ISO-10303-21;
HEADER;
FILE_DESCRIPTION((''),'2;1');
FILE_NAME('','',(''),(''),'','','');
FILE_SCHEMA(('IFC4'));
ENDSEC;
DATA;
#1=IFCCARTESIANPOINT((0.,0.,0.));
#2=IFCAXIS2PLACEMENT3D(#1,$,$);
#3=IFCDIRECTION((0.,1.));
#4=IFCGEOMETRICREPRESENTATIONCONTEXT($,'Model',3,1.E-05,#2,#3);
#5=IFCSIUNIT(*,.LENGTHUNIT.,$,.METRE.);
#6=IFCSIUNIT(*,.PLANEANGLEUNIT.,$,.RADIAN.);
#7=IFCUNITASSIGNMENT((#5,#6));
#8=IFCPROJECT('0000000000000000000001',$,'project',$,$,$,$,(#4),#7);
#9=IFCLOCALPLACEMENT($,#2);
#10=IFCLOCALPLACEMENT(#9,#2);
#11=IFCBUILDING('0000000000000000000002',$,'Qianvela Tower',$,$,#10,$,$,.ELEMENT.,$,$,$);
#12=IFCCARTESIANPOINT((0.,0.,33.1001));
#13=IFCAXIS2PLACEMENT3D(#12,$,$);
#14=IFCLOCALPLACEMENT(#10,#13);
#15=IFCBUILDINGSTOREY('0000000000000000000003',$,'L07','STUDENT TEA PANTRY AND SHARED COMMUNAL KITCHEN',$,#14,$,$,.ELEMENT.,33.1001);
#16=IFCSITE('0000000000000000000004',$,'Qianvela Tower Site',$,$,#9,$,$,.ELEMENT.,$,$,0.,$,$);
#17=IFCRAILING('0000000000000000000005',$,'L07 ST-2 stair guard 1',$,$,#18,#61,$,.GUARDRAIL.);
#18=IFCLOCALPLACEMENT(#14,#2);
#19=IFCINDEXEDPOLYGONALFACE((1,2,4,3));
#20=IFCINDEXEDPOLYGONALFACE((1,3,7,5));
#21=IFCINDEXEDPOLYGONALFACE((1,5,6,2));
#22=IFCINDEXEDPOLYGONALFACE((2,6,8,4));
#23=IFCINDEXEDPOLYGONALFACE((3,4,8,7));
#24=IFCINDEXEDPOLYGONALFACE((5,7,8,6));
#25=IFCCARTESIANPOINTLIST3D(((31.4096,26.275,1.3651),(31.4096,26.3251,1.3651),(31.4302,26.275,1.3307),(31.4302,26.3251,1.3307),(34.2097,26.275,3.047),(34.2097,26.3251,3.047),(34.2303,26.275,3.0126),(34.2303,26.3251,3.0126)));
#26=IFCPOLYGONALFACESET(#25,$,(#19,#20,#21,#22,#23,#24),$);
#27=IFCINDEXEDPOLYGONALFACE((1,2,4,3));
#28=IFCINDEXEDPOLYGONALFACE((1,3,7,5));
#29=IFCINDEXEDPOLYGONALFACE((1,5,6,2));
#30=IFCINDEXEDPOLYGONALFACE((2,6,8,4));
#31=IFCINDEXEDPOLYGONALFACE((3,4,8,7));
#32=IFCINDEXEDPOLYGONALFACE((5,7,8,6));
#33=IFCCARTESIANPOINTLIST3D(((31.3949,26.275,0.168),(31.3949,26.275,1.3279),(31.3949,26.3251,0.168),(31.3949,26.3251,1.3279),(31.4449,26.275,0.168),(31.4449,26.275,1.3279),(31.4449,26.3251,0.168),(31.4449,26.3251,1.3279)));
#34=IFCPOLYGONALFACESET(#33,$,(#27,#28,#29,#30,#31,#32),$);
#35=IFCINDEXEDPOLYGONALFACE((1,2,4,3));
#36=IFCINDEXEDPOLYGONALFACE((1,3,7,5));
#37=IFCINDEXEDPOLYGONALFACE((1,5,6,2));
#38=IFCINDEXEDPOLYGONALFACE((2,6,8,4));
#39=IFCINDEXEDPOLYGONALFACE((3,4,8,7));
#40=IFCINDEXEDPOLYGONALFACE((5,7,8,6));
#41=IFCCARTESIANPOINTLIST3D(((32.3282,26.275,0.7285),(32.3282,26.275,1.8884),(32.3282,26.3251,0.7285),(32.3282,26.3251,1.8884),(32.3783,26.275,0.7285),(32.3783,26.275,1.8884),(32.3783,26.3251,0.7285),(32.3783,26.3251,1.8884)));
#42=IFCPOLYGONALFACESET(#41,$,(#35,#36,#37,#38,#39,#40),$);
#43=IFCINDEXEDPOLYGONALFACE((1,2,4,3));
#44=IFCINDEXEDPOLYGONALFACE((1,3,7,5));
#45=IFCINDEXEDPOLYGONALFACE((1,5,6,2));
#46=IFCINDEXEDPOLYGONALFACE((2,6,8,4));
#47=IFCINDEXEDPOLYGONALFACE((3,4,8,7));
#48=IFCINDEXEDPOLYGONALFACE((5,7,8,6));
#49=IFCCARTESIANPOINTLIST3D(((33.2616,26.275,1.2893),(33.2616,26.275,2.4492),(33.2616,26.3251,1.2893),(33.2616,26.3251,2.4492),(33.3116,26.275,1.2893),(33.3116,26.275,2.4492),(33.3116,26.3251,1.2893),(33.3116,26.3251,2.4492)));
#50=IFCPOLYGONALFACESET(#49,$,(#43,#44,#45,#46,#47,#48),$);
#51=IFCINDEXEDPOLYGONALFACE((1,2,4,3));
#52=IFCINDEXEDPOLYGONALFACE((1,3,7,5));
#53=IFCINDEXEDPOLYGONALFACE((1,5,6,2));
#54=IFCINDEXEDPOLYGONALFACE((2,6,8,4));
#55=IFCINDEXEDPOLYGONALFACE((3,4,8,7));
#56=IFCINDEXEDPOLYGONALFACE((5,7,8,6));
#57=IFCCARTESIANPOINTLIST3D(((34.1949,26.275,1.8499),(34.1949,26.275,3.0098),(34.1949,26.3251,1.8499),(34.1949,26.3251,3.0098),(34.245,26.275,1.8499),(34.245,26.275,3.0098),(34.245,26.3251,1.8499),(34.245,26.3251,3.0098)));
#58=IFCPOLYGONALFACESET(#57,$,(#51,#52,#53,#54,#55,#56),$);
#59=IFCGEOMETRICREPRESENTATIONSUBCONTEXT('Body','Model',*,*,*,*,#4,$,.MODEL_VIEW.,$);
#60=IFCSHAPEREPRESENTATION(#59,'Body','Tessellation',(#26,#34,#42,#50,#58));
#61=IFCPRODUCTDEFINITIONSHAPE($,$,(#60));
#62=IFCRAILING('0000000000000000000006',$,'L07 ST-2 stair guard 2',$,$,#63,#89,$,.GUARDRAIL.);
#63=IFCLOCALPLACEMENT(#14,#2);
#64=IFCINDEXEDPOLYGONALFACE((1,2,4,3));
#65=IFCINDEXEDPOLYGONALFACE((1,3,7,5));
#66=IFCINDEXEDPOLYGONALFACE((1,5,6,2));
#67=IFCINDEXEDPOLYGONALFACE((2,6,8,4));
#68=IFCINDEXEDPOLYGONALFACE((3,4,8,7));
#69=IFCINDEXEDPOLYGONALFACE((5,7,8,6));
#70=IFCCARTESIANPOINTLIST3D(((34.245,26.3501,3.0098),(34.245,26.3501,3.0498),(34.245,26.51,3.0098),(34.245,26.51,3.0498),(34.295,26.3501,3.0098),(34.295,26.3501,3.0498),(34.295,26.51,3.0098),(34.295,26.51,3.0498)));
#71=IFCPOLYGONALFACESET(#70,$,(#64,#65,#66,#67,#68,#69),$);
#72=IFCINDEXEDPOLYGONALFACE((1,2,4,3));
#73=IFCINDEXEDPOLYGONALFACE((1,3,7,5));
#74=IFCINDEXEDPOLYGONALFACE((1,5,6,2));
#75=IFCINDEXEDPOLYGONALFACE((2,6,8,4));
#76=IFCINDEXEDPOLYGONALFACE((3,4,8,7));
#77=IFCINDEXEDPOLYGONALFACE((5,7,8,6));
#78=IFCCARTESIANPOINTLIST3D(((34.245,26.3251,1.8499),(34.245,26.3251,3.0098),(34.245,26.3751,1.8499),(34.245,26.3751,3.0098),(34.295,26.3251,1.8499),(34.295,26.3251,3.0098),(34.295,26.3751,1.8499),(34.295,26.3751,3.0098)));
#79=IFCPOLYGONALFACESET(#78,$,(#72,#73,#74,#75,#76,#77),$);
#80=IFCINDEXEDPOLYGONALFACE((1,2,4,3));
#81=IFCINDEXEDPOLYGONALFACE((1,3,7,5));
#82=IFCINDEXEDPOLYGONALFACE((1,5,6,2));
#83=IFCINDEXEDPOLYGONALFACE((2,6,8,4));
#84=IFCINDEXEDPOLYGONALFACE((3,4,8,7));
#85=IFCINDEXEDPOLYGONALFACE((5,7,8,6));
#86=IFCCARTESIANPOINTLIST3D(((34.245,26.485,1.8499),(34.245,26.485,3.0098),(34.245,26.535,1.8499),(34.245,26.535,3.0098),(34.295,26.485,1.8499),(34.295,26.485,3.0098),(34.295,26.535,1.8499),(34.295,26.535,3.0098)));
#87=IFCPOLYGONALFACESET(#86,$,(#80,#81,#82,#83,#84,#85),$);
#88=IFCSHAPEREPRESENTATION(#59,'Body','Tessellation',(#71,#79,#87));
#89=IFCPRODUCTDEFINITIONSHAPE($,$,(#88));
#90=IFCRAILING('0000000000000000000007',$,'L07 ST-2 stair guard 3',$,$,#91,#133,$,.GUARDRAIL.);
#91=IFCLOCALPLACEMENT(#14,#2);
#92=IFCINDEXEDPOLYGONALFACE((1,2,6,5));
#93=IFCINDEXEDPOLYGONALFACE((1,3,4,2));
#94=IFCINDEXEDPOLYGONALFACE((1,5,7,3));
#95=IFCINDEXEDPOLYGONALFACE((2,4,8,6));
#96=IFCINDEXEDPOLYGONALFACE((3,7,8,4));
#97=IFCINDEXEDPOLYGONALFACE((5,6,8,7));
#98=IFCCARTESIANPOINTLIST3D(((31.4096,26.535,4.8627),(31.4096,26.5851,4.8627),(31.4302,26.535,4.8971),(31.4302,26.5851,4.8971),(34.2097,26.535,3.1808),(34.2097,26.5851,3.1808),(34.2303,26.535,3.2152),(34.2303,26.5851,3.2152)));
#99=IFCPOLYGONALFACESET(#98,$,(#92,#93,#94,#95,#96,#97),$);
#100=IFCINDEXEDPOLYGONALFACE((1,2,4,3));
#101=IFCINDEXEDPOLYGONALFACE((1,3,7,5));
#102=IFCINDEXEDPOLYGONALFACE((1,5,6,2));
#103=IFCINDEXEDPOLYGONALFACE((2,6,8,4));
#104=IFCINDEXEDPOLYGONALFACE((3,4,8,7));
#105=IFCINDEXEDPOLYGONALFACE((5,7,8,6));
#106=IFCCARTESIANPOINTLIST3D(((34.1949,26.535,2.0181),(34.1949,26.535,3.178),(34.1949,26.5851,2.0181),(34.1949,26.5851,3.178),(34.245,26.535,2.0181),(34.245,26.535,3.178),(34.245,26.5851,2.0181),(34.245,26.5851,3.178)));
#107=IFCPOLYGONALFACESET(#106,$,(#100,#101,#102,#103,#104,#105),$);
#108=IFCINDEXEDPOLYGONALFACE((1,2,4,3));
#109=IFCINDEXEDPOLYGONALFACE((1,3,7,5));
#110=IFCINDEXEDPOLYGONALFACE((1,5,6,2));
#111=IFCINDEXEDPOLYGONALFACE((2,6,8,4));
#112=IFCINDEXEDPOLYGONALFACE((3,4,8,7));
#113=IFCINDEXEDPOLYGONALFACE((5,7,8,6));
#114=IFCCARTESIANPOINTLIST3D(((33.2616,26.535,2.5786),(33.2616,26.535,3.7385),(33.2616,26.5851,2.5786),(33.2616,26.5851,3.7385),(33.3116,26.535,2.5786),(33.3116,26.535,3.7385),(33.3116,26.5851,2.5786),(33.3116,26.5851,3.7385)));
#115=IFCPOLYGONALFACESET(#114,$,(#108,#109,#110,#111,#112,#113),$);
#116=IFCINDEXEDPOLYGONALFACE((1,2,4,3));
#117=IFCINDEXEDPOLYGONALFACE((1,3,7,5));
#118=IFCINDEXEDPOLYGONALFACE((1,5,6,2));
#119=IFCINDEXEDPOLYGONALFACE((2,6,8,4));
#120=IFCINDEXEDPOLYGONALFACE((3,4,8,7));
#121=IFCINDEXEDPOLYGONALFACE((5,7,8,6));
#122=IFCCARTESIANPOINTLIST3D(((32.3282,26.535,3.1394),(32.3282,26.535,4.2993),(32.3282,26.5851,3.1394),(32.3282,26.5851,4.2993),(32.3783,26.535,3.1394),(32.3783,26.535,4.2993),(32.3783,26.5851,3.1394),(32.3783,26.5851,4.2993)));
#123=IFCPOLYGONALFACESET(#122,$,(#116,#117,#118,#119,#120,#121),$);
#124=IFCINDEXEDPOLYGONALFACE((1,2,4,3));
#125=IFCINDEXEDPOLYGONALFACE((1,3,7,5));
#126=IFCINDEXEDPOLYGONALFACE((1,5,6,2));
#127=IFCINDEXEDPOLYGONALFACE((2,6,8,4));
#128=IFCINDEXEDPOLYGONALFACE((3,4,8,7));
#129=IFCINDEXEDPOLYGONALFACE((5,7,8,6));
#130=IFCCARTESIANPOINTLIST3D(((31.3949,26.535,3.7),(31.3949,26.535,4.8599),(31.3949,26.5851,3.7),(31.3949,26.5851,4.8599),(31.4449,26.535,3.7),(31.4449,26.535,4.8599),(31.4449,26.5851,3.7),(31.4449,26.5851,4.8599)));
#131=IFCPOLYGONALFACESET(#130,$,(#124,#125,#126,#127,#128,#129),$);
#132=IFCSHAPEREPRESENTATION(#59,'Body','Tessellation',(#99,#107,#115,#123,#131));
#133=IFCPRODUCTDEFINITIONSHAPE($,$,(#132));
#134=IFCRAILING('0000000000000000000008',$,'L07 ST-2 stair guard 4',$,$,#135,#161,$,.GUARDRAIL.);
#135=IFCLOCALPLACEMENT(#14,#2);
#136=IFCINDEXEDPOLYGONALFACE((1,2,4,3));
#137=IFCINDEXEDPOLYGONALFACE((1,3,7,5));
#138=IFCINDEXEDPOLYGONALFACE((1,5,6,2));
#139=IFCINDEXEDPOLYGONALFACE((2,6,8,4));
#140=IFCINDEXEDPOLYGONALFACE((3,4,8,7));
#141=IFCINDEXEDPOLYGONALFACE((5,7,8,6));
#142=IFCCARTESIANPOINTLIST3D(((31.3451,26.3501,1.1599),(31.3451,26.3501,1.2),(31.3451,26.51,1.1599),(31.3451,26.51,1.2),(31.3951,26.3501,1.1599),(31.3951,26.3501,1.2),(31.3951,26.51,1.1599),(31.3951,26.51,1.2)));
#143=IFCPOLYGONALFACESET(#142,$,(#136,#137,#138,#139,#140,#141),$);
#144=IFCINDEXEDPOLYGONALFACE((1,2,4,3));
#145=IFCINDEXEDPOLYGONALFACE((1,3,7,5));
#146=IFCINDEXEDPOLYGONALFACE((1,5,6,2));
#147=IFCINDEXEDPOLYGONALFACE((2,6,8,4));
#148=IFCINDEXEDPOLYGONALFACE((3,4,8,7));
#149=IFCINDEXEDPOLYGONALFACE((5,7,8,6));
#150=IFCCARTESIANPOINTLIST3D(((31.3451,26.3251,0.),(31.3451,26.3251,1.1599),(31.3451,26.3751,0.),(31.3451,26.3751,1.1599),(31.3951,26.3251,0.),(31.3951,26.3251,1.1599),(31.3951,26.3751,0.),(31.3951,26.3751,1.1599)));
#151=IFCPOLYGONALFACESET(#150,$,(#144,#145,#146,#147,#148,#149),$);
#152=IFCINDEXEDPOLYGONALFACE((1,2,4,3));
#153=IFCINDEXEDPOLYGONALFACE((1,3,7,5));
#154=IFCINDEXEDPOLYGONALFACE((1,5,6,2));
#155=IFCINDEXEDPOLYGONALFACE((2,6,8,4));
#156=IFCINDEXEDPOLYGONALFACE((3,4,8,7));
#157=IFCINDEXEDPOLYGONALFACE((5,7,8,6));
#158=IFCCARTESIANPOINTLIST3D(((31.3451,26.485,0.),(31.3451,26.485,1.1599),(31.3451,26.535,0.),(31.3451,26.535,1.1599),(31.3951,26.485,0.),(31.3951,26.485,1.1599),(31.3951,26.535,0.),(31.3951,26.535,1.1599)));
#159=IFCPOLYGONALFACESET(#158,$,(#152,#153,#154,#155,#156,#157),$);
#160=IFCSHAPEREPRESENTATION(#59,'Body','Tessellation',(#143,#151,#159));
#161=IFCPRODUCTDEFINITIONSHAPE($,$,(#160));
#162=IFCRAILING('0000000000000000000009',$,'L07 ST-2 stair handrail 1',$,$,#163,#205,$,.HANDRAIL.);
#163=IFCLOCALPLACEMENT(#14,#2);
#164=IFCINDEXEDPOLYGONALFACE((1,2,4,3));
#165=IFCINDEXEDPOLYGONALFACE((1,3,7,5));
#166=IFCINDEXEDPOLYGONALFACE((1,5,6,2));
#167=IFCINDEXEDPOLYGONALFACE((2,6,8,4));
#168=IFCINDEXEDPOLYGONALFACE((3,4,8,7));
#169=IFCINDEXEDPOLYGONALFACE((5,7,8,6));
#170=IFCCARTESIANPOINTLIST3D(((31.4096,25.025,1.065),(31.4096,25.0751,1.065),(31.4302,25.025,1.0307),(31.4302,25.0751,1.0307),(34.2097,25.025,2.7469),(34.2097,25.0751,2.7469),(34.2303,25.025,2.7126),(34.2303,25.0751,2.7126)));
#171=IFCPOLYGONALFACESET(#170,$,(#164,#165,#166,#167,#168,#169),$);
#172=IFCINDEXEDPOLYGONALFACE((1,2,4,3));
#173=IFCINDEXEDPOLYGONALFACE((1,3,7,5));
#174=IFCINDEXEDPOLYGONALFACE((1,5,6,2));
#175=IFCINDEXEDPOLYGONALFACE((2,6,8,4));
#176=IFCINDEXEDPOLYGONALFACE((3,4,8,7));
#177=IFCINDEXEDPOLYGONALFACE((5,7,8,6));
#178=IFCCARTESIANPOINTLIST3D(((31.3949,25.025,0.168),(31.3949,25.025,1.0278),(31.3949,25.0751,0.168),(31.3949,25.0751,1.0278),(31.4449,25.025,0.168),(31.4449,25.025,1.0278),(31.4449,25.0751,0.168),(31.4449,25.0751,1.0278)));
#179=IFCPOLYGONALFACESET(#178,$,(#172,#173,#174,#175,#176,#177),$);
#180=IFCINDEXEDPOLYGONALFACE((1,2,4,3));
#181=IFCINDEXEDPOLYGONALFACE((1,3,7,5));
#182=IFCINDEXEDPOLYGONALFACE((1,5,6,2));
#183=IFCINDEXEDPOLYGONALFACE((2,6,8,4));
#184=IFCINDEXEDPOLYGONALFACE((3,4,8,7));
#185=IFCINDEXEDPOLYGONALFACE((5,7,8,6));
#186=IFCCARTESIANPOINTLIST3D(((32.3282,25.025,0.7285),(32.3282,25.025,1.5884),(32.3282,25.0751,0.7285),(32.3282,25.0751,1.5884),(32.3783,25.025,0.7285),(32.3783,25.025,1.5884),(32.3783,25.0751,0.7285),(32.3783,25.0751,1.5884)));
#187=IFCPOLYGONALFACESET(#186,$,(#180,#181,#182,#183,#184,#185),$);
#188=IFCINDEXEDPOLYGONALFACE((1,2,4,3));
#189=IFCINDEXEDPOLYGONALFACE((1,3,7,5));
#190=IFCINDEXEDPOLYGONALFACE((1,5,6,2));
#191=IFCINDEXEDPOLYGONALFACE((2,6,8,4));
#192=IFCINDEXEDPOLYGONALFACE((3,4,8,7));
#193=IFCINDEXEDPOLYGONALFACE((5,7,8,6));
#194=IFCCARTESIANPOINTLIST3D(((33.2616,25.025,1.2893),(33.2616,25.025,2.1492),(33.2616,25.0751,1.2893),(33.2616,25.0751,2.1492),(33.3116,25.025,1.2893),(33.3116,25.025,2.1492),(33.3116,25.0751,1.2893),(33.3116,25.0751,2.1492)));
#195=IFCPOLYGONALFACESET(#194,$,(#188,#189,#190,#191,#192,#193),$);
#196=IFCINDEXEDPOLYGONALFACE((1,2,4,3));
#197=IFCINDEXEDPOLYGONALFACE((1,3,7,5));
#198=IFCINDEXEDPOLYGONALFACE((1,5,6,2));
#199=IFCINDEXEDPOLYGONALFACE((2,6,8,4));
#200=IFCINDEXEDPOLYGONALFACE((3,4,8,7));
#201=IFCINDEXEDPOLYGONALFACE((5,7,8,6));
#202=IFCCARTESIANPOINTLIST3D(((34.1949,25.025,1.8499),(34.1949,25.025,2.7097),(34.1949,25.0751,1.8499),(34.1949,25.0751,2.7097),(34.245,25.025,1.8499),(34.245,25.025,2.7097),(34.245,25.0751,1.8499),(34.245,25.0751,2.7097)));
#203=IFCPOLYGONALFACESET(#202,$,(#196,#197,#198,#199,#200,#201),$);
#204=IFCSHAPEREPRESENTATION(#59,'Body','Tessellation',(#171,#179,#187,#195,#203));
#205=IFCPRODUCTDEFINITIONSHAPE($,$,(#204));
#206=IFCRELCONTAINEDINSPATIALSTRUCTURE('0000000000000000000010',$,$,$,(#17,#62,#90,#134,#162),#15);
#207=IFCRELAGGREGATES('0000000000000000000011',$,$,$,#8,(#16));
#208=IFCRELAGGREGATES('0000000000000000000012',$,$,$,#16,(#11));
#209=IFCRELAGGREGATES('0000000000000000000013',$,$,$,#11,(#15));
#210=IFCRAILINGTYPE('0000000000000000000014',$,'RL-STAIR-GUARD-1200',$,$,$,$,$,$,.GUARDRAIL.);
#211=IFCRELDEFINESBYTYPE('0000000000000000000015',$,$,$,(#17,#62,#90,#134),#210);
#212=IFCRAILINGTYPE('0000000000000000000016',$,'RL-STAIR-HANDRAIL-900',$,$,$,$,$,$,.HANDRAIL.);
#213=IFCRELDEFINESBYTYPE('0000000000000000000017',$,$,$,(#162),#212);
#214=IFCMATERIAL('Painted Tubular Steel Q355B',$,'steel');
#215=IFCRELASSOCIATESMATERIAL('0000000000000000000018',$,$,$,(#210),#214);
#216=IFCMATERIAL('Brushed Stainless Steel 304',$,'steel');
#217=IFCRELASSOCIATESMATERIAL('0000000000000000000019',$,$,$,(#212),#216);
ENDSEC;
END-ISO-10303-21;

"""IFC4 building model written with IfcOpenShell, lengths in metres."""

from ifc_helpers import new_model, si_unit, direction, frame, origin, origin_2d, place, context, subcontext, project, spatial, rectangle, extrude, material, type_object, element, save


model = new_model("IFC4")

# Units and contexts
model_context = context("Model", 3, precision=1e-05, world=origin(), true_north=direction((0.0, 1.0)))
body_context = subcontext(model_context, "Body", "Model", "MODEL_VIEW")
ifc_project = project(units=[si_unit("LENGTHUNIT", "METRE"), si_unit("PLANEANGLEUNIT", "RADIAN")], contexts=[model_context])

# Site, building, storey
site_placement = place(None, origin())
site = spatial("IfcSite", under=ifc_project, at=site_placement, Name="Qianvela Tower Site", CompositionType="ELEMENT", RefElevation=0.0)
building_placement = place(site_placement, origin())
building = spatial("IfcBuilding", under=site, at=building_placement, Name="Qianvela Tower", CompositionType="ELEMENT")
storey_placement = place(building_placement, frame((0.0, 0.0, 33.1001)))
storey = spatial("IfcBuildingStorey", under=building, at=storey_placement, Name="L07", Description="STUDENT TEA PANTRY AND SHARED COMMUNAL KITCHEN", CompositionType="ELEMENT", Elevation=33.1001)

# Railings
ifc_material_1 = material(Name="Painted Tubular Steel Q355B", Category="steel")
railing_type_1 = type_object("IfcRailingType", Name="RL-STAIR-GUARD-1200", PredefinedType="GUARDRAIL", material=ifc_material_1)
railing_1_placement = place(storey_placement, frame((31.4199, 26.3, 0.168)))
element("IfcRailing", 1, at=railing_1_placement, inside=storey, type_object=railing_type_1, Name="L07 ST-2 stair guard 1", PredefinedType="GUARDRAIL", context=body_context, shape_type="SweptSolid", body=[
    extrude(rectangle(XDim=0.05, YDim=0.04, at=origin_2d()), frame((0.0, 0.0, 1.1799), z_axis=(0.857242, 0.0, 0.514913), x_axis=(0.0, 1.0, 0.0)), (0.0, 0.0, 1.0), 3.2664),
    extrude(rectangle(XDim=0.05, YDim=0.05, at=origin_2d()), origin(), (0.0, 0.0, 1.0), 1.1599),
    extrude(rectangle(XDim=0.05, YDim=0.05, at=origin_2d()), frame((0.9333, 0.0, 0.5605)), (0.0, 0.0, 1.0), 1.1599),
    extrude(rectangle(XDim=0.05, YDim=0.05, at=origin_2d()), frame((1.8667, 0.0, 1.1213)), (0.0, 0.0, 1.0), 1.1599),
    extrude(rectangle(XDim=0.05, YDim=0.05, at=origin_2d()), frame((2.8, 0.0, 1.6819)), (0.0, 0.0, 1.0), 1.1599),
])
railing_2_placement = place(storey_placement, frame((34.27, 26.3501, 1.8499)))
element("IfcRailing", 2, at=railing_2_placement, inside=storey, type_object=railing_type_1, Name="L07 ST-2 stair guard 2", PredefinedType="GUARDRAIL", context=body_context, shape_type="SweptSolid", body=[
    extrude(rectangle(XDim=0.05, YDim=0.04, at=origin_2d()), frame((0.0, 0.0, 1.1799), z_axis=(0.0, 1.0, 0.0), x_axis=(-1.0, 0.0, 0.0)), (0.0, 0.0, 1.0), 0.1599),
    extrude(rectangle(XDim=0.05, YDim=0.05, at=origin_2d()), origin(), (0.0, 0.0, 1.0), 1.1599),
    extrude(rectangle(XDim=0.05, YDim=0.05, at=origin_2d()), frame((0.0, 0.1599, 0.0)), (0.0, 0.0, 1.0), 1.1599),
])
railing_3_placement = place(storey_placement, frame((34.22, 26.5601, 2.0181)))
element("IfcRailing", 3, at=railing_3_placement, inside=storey, type_object=railing_type_1, Name="L07 ST-2 stair guard 3", PredefinedType="GUARDRAIL", context=body_context, shape_type="SweptSolid", body=[
    extrude(rectangle(XDim=0.05, YDim=0.04, at=origin_2d()), frame((0.0, 0.0, 1.1799), z_axis=(-0.857242, 0.0, 0.514913), x_axis=(0.0, -1.0, 0.0)), (0.0, 0.0, 1.0), 3.2664),
    extrude(rectangle(XDim=0.05, YDim=0.05, at=origin_2d()), origin(), (0.0, 0.0, 1.0), 1.1599),
    extrude(rectangle(XDim=0.05, YDim=0.05, at=origin_2d()), frame((-0.9333, 0.0, 0.5605)), (0.0, 0.0, 1.0), 1.1599),
    extrude(rectangle(XDim=0.05, YDim=0.05, at=origin_2d()), frame((-1.8667, 0.0, 1.1213)), (0.0, 0.0, 1.0), 1.1599),
    extrude(rectangle(XDim=0.05, YDim=0.05, at=origin_2d()), frame((-2.8, 0.0, 1.6819)), (0.0, 0.0, 1.0), 1.1599),
])
railing_4_placement = place(storey_placement, frame((31.3701, 26.3501, 0.0)))
element("IfcRailing", 4, at=railing_4_placement, inside=storey, type_object=railing_type_1, Name="L07 ST-2 stair guard 4", PredefinedType="GUARDRAIL", context=body_context, shape_type="SweptSolid", body=[
    extrude(rectangle(XDim=0.05, YDim=0.04, at=origin_2d()), frame((0.0, 0.0, 1.1799), z_axis=(0.0, 1.0, 0.0), x_axis=(-1.0, 0.0, 0.0)), (0.0, 0.0, 1.0), 0.1599),
    extrude(rectangle(XDim=0.05, YDim=0.05, at=origin_2d()), origin(), (0.0, 0.0, 1.0), 1.1599),
    extrude(rectangle(XDim=0.05, YDim=0.05, at=origin_2d()), frame((0.0, 0.1599, 0.0)), (0.0, 0.0, 1.0), 1.1599),
])
ifc_material_2 = material(Name="Brushed Stainless Steel 304", Category="steel")
railing_type_2 = type_object("IfcRailingType", Name="RL-STAIR-HANDRAIL-900", PredefinedType="HANDRAIL", material=ifc_material_2)
railing_5_placement = place(storey_placement, frame((31.4199, 25.05, 0.168)))
element("IfcRailing", 5, at=railing_5_placement, inside=storey, type_object=railing_type_2, Name="L07 ST-2 stair handrail 1", PredefinedType="HANDRAIL", context=body_context, shape_type="SweptSolid", body=[
    extrude(rectangle(XDim=0.05, YDim=0.04, at=origin_2d()), frame((0.0, 0.0, 0.8799), z_axis=(0.857242, 0.0, 0.514913), x_axis=(0.0, 1.0, 0.0)), (0.0, 0.0, 1.0), 3.2664),
    extrude(rectangle(XDim=0.05, YDim=0.05, at=origin_2d()), origin(), (0.0, 0.0, 1.0), 0.8599),
    extrude(rectangle(XDim=0.05, YDim=0.05, at=origin_2d()), frame((0.9333, 0.0, 0.5605)), (0.0, 0.0, 1.0), 0.8599),
    extrude(rectangle(XDim=0.05, YDim=0.05, at=origin_2d()), frame((1.8667, 0.0, 1.1213)), (0.0, 0.0, 1.0), 0.8599),
    extrude(rectangle(XDim=0.05, YDim=0.05, at=origin_2d()), frame((2.8, 0.0, 1.6819)), (0.0, 0.0, 1.0), 0.8599),
])

save(model, "model.ifc")
